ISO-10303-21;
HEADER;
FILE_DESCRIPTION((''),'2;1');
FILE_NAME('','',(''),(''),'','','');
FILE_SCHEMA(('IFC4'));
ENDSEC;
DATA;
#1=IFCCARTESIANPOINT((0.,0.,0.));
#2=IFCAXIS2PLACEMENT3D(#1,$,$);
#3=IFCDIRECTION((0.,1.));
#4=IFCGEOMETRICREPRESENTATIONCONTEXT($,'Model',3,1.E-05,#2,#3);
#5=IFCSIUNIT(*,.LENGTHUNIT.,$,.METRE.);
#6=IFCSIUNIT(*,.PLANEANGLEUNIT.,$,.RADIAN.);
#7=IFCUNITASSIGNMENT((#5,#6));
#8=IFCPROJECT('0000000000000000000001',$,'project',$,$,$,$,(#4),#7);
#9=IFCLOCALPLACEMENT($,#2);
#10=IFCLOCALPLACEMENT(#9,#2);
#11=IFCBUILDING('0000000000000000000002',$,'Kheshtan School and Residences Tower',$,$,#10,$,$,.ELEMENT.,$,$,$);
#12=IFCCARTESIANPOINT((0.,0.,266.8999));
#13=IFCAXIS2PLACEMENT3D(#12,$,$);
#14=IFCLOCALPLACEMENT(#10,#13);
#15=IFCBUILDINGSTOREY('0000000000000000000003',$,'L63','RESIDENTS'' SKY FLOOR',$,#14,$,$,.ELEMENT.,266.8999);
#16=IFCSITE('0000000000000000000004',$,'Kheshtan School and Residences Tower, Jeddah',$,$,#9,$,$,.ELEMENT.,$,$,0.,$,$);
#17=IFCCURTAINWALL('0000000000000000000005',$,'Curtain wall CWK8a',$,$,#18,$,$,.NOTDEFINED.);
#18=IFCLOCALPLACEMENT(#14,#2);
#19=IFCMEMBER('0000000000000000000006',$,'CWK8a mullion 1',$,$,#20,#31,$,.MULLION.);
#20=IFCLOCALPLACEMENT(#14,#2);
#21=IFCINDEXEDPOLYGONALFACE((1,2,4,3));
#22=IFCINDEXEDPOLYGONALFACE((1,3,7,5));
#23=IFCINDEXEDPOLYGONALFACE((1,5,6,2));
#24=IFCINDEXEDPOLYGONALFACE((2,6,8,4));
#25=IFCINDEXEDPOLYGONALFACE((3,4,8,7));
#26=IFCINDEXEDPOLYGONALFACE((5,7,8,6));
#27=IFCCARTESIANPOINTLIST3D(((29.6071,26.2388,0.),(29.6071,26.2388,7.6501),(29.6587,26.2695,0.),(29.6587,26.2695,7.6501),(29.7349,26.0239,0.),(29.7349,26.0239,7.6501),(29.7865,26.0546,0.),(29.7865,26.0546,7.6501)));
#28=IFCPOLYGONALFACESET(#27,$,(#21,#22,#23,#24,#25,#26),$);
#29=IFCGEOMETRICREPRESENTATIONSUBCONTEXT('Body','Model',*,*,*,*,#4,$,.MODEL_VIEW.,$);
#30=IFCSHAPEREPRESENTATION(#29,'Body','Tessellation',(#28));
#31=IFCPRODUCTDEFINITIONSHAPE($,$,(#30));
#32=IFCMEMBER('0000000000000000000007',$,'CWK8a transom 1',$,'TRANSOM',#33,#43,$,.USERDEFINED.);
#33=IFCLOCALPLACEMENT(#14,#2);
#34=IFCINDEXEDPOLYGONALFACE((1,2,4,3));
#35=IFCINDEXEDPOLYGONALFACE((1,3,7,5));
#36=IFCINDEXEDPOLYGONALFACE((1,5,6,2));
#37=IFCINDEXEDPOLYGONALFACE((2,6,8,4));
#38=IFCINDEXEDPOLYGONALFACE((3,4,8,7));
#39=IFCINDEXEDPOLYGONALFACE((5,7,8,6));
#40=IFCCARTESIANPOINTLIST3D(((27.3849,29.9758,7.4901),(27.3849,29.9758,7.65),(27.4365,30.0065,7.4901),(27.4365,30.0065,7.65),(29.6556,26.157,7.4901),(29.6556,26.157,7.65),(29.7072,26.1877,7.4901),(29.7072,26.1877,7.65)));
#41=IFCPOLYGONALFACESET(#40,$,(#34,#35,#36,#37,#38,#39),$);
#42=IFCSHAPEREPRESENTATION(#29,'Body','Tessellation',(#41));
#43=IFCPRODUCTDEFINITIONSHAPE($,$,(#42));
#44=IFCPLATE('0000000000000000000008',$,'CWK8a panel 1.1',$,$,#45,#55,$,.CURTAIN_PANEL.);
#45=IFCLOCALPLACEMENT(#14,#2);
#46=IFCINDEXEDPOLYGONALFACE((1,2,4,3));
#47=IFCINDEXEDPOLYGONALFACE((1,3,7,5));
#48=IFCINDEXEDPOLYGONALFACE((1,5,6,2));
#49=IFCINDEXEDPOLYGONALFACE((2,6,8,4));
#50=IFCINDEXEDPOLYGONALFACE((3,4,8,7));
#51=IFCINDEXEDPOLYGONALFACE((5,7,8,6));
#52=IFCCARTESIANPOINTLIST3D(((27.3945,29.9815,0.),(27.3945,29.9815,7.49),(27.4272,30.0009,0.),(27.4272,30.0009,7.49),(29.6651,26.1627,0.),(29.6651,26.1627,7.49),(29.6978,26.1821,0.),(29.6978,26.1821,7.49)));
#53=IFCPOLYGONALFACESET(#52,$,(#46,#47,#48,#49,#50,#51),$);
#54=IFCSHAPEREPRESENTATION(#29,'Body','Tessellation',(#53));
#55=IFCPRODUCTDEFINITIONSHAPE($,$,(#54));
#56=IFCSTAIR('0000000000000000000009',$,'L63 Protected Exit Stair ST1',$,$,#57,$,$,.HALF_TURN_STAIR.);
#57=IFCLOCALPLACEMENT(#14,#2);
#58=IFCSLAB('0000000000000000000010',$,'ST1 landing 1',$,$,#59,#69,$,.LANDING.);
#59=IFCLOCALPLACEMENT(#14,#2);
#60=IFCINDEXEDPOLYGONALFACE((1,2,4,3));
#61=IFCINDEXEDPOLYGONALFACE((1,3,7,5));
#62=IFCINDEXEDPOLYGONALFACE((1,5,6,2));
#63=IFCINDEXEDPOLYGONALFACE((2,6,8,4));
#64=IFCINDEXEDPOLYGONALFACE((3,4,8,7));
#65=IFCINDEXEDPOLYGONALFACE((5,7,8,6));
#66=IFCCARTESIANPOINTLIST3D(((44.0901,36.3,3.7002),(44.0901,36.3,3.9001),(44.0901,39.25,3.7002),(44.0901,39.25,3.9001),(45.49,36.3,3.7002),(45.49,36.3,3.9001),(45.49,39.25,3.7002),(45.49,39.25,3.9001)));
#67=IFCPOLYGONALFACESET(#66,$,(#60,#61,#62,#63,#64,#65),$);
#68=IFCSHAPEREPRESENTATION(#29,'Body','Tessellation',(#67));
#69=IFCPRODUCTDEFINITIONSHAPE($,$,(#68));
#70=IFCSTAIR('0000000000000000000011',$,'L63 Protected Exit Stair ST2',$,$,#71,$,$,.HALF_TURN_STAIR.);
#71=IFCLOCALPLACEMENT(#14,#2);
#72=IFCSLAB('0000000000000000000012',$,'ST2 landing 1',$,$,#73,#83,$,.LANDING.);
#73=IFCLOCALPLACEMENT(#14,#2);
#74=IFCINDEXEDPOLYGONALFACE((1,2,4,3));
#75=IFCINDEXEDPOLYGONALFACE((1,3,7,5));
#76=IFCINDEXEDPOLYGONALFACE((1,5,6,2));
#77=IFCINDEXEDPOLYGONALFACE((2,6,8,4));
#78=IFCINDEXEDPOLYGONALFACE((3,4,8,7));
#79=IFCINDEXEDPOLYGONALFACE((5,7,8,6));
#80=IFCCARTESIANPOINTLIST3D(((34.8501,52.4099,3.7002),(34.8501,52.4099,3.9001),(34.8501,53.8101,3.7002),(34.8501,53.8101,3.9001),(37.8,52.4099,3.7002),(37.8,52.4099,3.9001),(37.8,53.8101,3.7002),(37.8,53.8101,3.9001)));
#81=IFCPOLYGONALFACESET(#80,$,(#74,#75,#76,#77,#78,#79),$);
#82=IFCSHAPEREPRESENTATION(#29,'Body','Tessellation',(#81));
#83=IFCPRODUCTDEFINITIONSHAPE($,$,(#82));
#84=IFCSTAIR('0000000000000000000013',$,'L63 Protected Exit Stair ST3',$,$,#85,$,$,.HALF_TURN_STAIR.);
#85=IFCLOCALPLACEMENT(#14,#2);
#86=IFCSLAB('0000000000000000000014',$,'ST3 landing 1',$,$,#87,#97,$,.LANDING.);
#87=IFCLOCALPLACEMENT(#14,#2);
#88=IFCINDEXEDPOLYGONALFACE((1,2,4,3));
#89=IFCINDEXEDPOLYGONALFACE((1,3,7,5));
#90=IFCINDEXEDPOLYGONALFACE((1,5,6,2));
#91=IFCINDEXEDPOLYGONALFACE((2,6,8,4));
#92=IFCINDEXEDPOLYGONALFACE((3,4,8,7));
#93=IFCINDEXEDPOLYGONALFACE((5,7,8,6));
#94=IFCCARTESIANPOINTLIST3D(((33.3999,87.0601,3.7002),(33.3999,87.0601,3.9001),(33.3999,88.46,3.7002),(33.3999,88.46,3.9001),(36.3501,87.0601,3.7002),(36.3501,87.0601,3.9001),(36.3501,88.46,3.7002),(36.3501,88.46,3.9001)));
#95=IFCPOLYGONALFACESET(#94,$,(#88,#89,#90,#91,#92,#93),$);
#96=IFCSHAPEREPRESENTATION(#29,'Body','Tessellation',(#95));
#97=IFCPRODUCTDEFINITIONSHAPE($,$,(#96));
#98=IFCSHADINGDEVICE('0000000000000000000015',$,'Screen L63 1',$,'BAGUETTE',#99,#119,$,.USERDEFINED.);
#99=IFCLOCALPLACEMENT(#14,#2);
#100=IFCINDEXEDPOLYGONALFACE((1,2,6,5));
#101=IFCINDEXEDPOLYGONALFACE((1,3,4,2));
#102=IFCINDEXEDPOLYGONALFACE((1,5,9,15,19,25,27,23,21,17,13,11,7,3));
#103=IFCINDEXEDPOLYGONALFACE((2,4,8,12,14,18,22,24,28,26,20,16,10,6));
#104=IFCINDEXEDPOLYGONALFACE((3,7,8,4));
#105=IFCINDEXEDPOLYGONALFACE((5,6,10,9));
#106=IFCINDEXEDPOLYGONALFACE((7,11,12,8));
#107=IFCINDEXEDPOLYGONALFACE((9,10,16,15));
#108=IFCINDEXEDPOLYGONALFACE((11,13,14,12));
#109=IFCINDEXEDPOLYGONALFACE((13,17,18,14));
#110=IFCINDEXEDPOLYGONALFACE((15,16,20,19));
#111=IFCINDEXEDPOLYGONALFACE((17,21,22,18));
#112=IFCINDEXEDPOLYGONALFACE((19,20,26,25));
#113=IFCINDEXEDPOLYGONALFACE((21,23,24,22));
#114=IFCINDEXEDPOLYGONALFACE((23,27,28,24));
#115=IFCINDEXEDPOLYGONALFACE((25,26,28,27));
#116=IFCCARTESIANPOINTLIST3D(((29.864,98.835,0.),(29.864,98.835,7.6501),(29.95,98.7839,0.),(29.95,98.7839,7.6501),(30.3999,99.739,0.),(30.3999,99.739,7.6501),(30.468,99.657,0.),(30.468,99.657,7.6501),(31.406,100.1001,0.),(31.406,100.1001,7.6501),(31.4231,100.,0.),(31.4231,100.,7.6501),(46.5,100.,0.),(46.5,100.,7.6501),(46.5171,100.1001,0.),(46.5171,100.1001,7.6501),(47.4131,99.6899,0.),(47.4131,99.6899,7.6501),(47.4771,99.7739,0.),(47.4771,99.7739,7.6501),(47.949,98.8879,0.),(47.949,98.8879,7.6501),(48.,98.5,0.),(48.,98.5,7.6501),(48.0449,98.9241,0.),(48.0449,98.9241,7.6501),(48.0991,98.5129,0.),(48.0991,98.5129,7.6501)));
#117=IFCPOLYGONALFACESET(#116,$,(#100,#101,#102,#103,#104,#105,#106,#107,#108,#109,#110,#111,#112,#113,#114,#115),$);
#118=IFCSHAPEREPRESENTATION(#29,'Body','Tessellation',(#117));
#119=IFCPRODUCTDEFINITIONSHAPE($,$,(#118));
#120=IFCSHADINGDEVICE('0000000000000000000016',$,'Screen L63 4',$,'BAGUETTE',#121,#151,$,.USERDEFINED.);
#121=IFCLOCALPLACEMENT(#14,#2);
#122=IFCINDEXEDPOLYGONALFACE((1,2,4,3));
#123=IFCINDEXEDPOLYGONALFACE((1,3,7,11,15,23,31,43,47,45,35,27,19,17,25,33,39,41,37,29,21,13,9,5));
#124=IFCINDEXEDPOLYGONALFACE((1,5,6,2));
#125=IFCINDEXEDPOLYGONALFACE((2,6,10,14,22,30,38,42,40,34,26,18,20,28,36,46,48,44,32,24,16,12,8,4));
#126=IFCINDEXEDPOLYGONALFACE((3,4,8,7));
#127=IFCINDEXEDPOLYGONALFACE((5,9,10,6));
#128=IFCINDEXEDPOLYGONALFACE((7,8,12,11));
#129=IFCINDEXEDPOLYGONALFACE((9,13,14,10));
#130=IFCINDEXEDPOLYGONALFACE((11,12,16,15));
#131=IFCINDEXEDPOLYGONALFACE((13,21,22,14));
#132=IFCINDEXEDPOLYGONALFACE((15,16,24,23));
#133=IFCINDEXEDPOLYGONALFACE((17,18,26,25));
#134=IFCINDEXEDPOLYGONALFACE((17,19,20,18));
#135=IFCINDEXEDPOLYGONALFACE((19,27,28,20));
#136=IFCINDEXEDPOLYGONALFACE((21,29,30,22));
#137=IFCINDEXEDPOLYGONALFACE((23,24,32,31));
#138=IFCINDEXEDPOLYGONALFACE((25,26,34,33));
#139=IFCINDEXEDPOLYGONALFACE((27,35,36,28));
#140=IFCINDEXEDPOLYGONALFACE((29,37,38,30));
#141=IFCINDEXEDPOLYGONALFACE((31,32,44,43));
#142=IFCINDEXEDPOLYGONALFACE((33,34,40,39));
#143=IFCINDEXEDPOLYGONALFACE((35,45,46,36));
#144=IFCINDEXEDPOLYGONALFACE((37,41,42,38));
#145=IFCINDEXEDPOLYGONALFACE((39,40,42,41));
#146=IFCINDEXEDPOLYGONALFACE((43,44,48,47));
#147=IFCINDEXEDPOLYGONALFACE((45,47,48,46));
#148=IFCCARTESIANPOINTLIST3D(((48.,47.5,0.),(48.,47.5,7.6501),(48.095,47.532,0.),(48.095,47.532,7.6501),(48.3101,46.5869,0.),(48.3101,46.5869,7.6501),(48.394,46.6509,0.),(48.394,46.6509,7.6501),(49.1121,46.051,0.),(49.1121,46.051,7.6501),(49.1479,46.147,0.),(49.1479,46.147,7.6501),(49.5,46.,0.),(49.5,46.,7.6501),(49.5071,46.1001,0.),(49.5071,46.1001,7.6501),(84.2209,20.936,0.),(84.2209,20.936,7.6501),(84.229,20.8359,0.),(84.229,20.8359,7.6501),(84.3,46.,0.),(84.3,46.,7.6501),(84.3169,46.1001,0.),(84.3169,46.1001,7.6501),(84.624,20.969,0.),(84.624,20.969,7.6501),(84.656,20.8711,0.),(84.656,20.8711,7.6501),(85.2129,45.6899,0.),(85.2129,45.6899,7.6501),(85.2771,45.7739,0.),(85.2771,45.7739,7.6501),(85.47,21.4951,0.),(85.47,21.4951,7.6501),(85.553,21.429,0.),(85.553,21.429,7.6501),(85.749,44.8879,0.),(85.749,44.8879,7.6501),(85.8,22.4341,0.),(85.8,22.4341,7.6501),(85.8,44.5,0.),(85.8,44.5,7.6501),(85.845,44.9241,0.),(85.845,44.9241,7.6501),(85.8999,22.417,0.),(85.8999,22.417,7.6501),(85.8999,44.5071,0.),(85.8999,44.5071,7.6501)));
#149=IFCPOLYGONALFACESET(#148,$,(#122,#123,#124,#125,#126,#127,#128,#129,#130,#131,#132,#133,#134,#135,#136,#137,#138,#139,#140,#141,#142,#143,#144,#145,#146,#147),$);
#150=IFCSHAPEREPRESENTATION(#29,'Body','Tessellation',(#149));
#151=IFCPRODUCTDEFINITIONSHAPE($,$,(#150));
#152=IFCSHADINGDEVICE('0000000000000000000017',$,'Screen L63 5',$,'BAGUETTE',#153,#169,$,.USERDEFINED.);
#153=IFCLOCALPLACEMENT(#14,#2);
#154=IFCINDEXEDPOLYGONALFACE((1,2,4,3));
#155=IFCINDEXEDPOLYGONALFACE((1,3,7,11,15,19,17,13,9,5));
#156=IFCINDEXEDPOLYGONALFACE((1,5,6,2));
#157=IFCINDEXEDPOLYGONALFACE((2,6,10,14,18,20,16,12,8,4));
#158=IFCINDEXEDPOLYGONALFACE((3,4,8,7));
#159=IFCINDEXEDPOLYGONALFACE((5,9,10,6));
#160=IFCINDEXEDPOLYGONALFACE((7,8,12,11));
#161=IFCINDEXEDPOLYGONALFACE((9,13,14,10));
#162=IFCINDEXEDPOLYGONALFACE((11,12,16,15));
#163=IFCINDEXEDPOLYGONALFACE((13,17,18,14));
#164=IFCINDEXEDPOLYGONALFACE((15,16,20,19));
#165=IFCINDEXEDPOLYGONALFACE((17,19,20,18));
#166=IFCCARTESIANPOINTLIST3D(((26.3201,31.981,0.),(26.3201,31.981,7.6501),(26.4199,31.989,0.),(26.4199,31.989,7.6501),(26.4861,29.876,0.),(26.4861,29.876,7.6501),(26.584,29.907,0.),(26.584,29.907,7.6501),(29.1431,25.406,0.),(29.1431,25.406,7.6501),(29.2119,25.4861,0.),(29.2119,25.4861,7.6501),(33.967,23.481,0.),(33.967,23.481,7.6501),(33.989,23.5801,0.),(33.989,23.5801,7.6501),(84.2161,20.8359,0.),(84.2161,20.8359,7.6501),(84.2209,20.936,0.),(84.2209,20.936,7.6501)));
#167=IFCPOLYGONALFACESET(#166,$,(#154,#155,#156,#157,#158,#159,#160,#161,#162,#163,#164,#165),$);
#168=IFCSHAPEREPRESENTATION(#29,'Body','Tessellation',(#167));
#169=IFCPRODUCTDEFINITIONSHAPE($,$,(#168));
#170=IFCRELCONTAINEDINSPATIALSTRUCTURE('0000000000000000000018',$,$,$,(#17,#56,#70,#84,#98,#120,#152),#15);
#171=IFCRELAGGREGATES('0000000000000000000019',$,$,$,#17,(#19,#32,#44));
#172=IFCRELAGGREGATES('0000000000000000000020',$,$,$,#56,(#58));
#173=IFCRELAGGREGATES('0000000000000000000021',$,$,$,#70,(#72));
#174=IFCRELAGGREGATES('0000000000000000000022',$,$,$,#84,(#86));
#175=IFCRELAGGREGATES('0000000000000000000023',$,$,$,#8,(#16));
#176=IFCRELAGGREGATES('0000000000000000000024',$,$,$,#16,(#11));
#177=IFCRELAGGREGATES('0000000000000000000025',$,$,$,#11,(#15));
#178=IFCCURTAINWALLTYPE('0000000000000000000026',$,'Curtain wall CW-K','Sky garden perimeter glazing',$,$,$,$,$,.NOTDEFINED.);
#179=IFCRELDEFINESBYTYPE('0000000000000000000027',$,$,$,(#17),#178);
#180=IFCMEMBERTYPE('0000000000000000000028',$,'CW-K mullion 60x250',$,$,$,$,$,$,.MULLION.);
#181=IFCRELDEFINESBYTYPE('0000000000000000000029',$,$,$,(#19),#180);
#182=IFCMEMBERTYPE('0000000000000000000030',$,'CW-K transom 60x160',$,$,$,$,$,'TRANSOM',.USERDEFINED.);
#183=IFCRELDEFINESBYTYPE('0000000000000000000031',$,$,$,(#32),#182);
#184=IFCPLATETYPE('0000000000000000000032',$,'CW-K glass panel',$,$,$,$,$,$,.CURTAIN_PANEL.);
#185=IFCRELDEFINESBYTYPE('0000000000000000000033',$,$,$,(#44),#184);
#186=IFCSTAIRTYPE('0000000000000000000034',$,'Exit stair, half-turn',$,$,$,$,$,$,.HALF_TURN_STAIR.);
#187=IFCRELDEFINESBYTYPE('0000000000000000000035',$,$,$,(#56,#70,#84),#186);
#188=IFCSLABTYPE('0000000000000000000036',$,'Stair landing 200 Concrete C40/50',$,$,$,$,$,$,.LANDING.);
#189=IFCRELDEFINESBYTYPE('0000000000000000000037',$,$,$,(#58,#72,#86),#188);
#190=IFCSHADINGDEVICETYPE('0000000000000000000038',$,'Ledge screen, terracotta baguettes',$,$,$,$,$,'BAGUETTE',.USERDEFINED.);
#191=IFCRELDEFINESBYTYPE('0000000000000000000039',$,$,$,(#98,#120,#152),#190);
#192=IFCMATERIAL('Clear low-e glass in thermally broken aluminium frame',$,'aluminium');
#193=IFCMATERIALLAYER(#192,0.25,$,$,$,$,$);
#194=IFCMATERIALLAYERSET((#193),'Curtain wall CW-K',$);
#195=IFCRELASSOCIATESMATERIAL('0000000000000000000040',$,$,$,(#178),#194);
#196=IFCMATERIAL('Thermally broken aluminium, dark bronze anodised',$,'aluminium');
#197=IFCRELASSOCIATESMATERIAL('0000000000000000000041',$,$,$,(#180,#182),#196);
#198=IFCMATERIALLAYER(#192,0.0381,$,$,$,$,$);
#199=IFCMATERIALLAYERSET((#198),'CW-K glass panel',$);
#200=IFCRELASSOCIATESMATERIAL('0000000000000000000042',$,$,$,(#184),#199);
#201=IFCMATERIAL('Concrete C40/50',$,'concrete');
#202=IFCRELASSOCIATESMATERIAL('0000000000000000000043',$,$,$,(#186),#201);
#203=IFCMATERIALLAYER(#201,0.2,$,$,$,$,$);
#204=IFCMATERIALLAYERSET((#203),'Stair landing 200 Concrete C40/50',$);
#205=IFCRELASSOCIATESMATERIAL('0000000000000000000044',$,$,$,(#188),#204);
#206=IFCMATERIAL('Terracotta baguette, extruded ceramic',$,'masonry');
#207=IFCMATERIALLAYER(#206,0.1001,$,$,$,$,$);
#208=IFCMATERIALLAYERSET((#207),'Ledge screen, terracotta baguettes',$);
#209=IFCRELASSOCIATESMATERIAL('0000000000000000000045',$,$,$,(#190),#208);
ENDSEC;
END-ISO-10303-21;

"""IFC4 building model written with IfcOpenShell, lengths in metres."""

from ifc_helpers import new_model, si_unit, direction, frame, origin, origin_2d, place, context, subcontext, project, spatial, polyline, rectangle, outline, extrude, material, layer, layer_set, material_profile, profile_set, type_object, element, aggregate, save


model = new_model("IFC4")

# Units and contexts
model_context = context("Model", 3, precision=1e-05, world=origin(), true_north=direction((0.0, 1.0)))
body_context = subcontext(model_context, "Body", "Model", "MODEL_VIEW")
ifc_project = project(units=[si_unit("LENGTHUNIT", "METRE"), si_unit("PLANEANGLEUNIT", "RADIAN")], contexts=[model_context])

# Site, building, storey
site_placement = place(None, origin())
site = spatial("IfcSite", under=ifc_project, at=site_placement, Name="Kheshtan School and Residences Tower, Jeddah", CompositionType="ELEMENT", RefElevation=0.0)
building_placement = place(site_placement, origin())
building = spatial("IfcBuilding", under=site, at=building_placement, Name="Kheshtan School and Residences Tower", CompositionType="ELEMENT")
storey_placement = place(building_placement, frame((0.0, 0.0, 266.8999)))
storey = spatial("IfcBuildingStorey", under=building, at=storey_placement, Name="L63", Description="RESIDENTS' SKY FLOOR", CompositionType="ELEMENT", Elevation=266.8999)

# Curtain wall, members, plate
ifc_material_1 = material(Name="Clear low-e glass in thermally broken aluminium frame", Category="aluminium")
ifc_layer_1 = layer(ifc_material_1, 0.25)
ifc_layer_set_1 = layer_set([ifc_layer_1], Name="Curtain wall CW-K")
curtain_wall_type = type_object("IfcCurtainWallType", Name="Curtain wall CW-K", Description="Sky garden perimeter glazing", PredefinedType="NOTDEFINED", material=ifc_layer_set_1)
curtain_wall_placement = place(storey_placement, origin())
curtain_wall = element("IfcCurtainWall", 1, at=curtain_wall_placement, inside=storey, type_object=curtain_wall_type, Name="Curtain wall CWK8a", PredefinedType="NOTDEFINED")
ifc_material_2 = material(Name="Thermally broken aluminium, dark bronze anodised", Category="aluminium")
ifc_material_profile_1 = material_profile(ifc_material_2, rectangle(XDim=0.0601, YDim=0.25, at=origin_2d()), Name="CW-K mullion 60x250")
ifc_profile_set_1 = profile_set([ifc_material_profile_1], Name="Thermally broken aluminium, dark bronze anodised")
member_type_1 = type_object("IfcMemberType", Name="CW-K mullion 60x250", PredefinedType="MULLION", material=ifc_profile_set_1)
member_1_placement = place(storey_placement, frame((29.6968, 26.1467, 0.0), z_axis=(0.0, 0.0, 1.0), x_axis=(-0.859536, -0.511075, 0.0)))
member_1 = element("IfcMember", 2, at=member_1_placement, type_object=member_type_1, Name="CWK8a mullion 1", PredefinedType="MULLION", context=body_context, shape_type="SweptSolid", body=[
    extrude(rectangle(XDim=0.0601, YDim=0.25, at=origin_2d()), origin(), (0.0, 0.0, 1.0), 7.6501),
])
ifc_material_profile_2 = material_profile(ifc_material_2, rectangle(XDim=0.0601, YDim=0.1599, at=origin_2d()), Name="CW-K transom 60x160")
ifc_profile_set_2 = profile_set([ifc_material_profile_2], Name="Thermally broken aluminium, dark bronze anodised")
member_type_2 = type_object("IfcMemberType", Name="CW-K transom 60x160", ElementType="TRANSOM", PredefinedType="USERDEFINED", material=ifc_profile_set_2)
member_2_placement = place(storey_placement, frame((29.6814, 26.1724, 7.5701), z_axis=(-0.51109, 0.859527, 0.0), x_axis=(-0.859527, -0.51109, 0.0)))
member_2 = element("IfcMember", 3, at=member_2_placement, type_object=member_type_2, Name="CWK8a transom 1", ObjectType="TRANSOM", PredefinedType="USERDEFINED", context=body_context, shape_type="SweptSolid", body=[
    extrude(rectangle(XDim=0.0601, YDim=0.1599, at=origin_2d()), origin(), (0.0, 0.0, 1.0), 4.4429),
])
ifc_layer_2 = layer(ifc_material_1, 0.0381)
ifc_layer_set_2 = layer_set([ifc_layer_2], Name="CW-K glass panel")
plate_type = type_object("IfcPlateType", Name="CW-K glass panel", PredefinedType="CURTAIN_PANEL", material=ifc_layer_set_2)
plate_placement = place(storey_placement, frame((28.5461, 28.0818, 0.0), z_axis=(0.0, 0.0, 1.0), x_axis=(-0.511075, 0.859536, 0.0)))
plate = element("IfcPlate", 4, at=plate_placement, type_object=plate_type, Name="CWK8a panel 1.1", PredefinedType="CURTAIN_PANEL", context=body_context, shape_type="SweptSolid", body=[
    extrude(rectangle(XDim=4.4429, YDim=0.0381, at=origin_2d()), origin(), (0.0, 0.0, 1.0), 7.49),
])
aggregate(curtain_wall, [member_1, member_2, plate])

# Shared definitions
ifc_material_3 = material(Name="Concrete C40/50", Category="concrete")

# Stairs, slabs
stair_type = type_object("IfcStairType", Name="Exit stair, half-turn", PredefinedType="HALF_TURN_STAIR", material=ifc_material_3)
stair_1_placement = place(storey_placement, origin())
stair_1 = element("IfcStair", 5, at=stair_1_placement, inside=storey, type_object=stair_type, Name="L63 Protected Exit Stair ST1", PredefinedType="HALF_TURN_STAIR")
ifc_layer_3 = layer(ifc_material_3, 0.2)
ifc_layer_set_3 = layer_set([ifc_layer_3], Name="Stair landing 200 Concrete C40/50")
slab_type_1 = type_object("IfcSlabType", Name="Stair landing 200 Concrete C40/50", PredefinedType="LANDING", material=ifc_layer_set_3)
slab_1_placement = place(storey_placement, frame((0.0, 0.0, 3.7002)))
slab_1 = element("IfcSlab", 6, at=slab_1_placement, type_object=slab_type_1, Name="ST1 landing 1", PredefinedType="LANDING", context=body_context, shape_type="SweptSolid", body=[
    extrude(outline(polyline([(45.49, 39.25), (44.0901, 39.25), (44.0901, 36.3), (45.49, 36.3), (45.49, 39.25)])), origin(), (0.0, 0.0, 1.0), 0.2),
])
aggregate(stair_1, [slab_1])
stair_2_placement = place(storey_placement, origin())
stair_2 = element("IfcStair", 7, at=stair_2_placement, inside=storey, type_object=stair_type, Name="L63 Protected Exit Stair ST2", PredefinedType="HALF_TURN_STAIR")
slab_2_placement = place(storey_placement, frame((0.0, 0.0, 3.7002)))
slab_2 = element("IfcSlab", 8, at=slab_2_placement, type_object=slab_type_1, Name="ST2 landing 1", PredefinedType="LANDING", context=body_context, shape_type="SweptSolid", body=[
    extrude(outline(polyline([(37.8, 52.4099), (37.8, 53.8101), (34.8501, 53.8101), (34.8501, 52.4099), (37.8, 52.4099)])), origin(), (0.0, 0.0, 1.0), 0.2),
])
aggregate(stair_2, [slab_2])
stair_3_placement = place(storey_placement, origin())
stair_3 = element("IfcStair", 9, at=stair_3_placement, inside=storey, type_object=stair_type, Name="L63 Protected Exit Stair ST3", PredefinedType="HALF_TURN_STAIR")
slab_3_placement = place(storey_placement, frame((0.0, 0.0, 3.7002)))
slab_3 = element("IfcSlab", 10, at=slab_3_placement, type_object=slab_type_1, Name="ST3 landing 1", PredefinedType="LANDING", context=body_context, shape_type="SweptSolid", body=[
    extrude(outline(polyline([(36.3501, 87.0601), (36.3501, 88.46), (33.3999, 88.46), (33.3999, 87.0601), (36.3501, 87.0601)])), origin(), (0.0, 0.0, 1.0), 0.2),
])
aggregate(stair_3, [slab_3])

# Shading devices
ifc_material_4 = material(Name="Terracotta baguette, extruded ceramic", Category="masonry")
ifc_layer_4 = layer(ifc_material_4, 0.1001)
ifc_layer_set_4 = layer_set([ifc_layer_4], Name="Ledge screen, terracotta baguettes")
shading_device_type = type_object("IfcShadingDeviceType", Name="Ledge screen, terracotta baguettes", ElementType="BAGUETTE", PredefinedType="USERDEFINED", material=ifc_layer_set_4)
shading_device_1_placement = place(storey_placement, origin())
element("IfcShadingDevice", 11, at=shading_device_1_placement, inside=storey, type_object=shading_device_type, Name="Screen L63 1", ObjectType="BAGUETTE", PredefinedType="USERDEFINED", context=body_context, shape_type="SweptSolid", body=[
    extrude(outline(polyline([(29.95, 98.7839), (30.468, 99.657), (31.4231, 100.0), (46.5, 100.0), (47.4131, 99.6899), (47.949, 98.8879), (48.0, 98.5), (48.0991, 98.5129), (48.0449, 98.9241), (47.4771, 99.7739), (46.5171, 100.1001), (31.406, 100.1001), (30.3999, 99.739), (29.864, 98.835), (29.95, 98.7839)])), origin(), (0.0, 0.0, 1.0), 7.6501),
])
shading_device_2_placement = place(storey_placement, origin())
element("IfcShadingDevice", 12, at=shading_device_2_placement, inside=storey, type_object=shading_device_type, Name="Screen L63 4", ObjectType="BAGUETTE", PredefinedType="USERDEFINED", context=body_context, shape_type="SweptSolid", body=[
    extrude(outline(polyline([(48.0, 47.5), (48.3101, 46.5869), (49.1121, 46.051), (49.5, 46.0), (84.3, 46.0), (85.2129, 45.6899), (85.749, 44.8879), (85.8, 44.5), (85.8, 22.4341), (85.47, 21.4951), (84.624, 20.969), (84.2209, 20.936), (84.229, 20.8359), (84.656, 20.8711), (85.553, 21.429), (85.8999, 22.417), (85.8999, 44.5071), (85.845, 44.9241), (85.2771, 45.7739), (84.3169, 46.1001), (49.5071, 46.1001), (49.1479, 46.147), (48.394, 46.6509), (48.095, 47.532), (48.0, 47.5)])), origin(), (0.0, 0.0, 1.0), 7.6501),
])
shading_device_3_placement = place(storey_placement, origin())
element("IfcShadingDevice", 13, at=shading_device_3_placement, inside=storey, type_object=shading_device_type, Name="Screen L63 5", ObjectType="BAGUETTE", PredefinedType="USERDEFINED", context=body_context, shape_type="SweptSolid", body=[
    extrude(outline(polyline([(84.2209, 20.936), (33.989, 23.5801), (29.2119, 25.4861), (26.584, 29.907), (26.4199, 31.989), (26.3201, 31.981), (26.4861, 29.876), (29.1431, 25.406), (33.967, 23.481), (84.2161, 20.8359), (84.2209, 20.936)])), origin(), (0.0, 0.0, 1.0), 7.6501),
])

save(model, "model.ifc")
